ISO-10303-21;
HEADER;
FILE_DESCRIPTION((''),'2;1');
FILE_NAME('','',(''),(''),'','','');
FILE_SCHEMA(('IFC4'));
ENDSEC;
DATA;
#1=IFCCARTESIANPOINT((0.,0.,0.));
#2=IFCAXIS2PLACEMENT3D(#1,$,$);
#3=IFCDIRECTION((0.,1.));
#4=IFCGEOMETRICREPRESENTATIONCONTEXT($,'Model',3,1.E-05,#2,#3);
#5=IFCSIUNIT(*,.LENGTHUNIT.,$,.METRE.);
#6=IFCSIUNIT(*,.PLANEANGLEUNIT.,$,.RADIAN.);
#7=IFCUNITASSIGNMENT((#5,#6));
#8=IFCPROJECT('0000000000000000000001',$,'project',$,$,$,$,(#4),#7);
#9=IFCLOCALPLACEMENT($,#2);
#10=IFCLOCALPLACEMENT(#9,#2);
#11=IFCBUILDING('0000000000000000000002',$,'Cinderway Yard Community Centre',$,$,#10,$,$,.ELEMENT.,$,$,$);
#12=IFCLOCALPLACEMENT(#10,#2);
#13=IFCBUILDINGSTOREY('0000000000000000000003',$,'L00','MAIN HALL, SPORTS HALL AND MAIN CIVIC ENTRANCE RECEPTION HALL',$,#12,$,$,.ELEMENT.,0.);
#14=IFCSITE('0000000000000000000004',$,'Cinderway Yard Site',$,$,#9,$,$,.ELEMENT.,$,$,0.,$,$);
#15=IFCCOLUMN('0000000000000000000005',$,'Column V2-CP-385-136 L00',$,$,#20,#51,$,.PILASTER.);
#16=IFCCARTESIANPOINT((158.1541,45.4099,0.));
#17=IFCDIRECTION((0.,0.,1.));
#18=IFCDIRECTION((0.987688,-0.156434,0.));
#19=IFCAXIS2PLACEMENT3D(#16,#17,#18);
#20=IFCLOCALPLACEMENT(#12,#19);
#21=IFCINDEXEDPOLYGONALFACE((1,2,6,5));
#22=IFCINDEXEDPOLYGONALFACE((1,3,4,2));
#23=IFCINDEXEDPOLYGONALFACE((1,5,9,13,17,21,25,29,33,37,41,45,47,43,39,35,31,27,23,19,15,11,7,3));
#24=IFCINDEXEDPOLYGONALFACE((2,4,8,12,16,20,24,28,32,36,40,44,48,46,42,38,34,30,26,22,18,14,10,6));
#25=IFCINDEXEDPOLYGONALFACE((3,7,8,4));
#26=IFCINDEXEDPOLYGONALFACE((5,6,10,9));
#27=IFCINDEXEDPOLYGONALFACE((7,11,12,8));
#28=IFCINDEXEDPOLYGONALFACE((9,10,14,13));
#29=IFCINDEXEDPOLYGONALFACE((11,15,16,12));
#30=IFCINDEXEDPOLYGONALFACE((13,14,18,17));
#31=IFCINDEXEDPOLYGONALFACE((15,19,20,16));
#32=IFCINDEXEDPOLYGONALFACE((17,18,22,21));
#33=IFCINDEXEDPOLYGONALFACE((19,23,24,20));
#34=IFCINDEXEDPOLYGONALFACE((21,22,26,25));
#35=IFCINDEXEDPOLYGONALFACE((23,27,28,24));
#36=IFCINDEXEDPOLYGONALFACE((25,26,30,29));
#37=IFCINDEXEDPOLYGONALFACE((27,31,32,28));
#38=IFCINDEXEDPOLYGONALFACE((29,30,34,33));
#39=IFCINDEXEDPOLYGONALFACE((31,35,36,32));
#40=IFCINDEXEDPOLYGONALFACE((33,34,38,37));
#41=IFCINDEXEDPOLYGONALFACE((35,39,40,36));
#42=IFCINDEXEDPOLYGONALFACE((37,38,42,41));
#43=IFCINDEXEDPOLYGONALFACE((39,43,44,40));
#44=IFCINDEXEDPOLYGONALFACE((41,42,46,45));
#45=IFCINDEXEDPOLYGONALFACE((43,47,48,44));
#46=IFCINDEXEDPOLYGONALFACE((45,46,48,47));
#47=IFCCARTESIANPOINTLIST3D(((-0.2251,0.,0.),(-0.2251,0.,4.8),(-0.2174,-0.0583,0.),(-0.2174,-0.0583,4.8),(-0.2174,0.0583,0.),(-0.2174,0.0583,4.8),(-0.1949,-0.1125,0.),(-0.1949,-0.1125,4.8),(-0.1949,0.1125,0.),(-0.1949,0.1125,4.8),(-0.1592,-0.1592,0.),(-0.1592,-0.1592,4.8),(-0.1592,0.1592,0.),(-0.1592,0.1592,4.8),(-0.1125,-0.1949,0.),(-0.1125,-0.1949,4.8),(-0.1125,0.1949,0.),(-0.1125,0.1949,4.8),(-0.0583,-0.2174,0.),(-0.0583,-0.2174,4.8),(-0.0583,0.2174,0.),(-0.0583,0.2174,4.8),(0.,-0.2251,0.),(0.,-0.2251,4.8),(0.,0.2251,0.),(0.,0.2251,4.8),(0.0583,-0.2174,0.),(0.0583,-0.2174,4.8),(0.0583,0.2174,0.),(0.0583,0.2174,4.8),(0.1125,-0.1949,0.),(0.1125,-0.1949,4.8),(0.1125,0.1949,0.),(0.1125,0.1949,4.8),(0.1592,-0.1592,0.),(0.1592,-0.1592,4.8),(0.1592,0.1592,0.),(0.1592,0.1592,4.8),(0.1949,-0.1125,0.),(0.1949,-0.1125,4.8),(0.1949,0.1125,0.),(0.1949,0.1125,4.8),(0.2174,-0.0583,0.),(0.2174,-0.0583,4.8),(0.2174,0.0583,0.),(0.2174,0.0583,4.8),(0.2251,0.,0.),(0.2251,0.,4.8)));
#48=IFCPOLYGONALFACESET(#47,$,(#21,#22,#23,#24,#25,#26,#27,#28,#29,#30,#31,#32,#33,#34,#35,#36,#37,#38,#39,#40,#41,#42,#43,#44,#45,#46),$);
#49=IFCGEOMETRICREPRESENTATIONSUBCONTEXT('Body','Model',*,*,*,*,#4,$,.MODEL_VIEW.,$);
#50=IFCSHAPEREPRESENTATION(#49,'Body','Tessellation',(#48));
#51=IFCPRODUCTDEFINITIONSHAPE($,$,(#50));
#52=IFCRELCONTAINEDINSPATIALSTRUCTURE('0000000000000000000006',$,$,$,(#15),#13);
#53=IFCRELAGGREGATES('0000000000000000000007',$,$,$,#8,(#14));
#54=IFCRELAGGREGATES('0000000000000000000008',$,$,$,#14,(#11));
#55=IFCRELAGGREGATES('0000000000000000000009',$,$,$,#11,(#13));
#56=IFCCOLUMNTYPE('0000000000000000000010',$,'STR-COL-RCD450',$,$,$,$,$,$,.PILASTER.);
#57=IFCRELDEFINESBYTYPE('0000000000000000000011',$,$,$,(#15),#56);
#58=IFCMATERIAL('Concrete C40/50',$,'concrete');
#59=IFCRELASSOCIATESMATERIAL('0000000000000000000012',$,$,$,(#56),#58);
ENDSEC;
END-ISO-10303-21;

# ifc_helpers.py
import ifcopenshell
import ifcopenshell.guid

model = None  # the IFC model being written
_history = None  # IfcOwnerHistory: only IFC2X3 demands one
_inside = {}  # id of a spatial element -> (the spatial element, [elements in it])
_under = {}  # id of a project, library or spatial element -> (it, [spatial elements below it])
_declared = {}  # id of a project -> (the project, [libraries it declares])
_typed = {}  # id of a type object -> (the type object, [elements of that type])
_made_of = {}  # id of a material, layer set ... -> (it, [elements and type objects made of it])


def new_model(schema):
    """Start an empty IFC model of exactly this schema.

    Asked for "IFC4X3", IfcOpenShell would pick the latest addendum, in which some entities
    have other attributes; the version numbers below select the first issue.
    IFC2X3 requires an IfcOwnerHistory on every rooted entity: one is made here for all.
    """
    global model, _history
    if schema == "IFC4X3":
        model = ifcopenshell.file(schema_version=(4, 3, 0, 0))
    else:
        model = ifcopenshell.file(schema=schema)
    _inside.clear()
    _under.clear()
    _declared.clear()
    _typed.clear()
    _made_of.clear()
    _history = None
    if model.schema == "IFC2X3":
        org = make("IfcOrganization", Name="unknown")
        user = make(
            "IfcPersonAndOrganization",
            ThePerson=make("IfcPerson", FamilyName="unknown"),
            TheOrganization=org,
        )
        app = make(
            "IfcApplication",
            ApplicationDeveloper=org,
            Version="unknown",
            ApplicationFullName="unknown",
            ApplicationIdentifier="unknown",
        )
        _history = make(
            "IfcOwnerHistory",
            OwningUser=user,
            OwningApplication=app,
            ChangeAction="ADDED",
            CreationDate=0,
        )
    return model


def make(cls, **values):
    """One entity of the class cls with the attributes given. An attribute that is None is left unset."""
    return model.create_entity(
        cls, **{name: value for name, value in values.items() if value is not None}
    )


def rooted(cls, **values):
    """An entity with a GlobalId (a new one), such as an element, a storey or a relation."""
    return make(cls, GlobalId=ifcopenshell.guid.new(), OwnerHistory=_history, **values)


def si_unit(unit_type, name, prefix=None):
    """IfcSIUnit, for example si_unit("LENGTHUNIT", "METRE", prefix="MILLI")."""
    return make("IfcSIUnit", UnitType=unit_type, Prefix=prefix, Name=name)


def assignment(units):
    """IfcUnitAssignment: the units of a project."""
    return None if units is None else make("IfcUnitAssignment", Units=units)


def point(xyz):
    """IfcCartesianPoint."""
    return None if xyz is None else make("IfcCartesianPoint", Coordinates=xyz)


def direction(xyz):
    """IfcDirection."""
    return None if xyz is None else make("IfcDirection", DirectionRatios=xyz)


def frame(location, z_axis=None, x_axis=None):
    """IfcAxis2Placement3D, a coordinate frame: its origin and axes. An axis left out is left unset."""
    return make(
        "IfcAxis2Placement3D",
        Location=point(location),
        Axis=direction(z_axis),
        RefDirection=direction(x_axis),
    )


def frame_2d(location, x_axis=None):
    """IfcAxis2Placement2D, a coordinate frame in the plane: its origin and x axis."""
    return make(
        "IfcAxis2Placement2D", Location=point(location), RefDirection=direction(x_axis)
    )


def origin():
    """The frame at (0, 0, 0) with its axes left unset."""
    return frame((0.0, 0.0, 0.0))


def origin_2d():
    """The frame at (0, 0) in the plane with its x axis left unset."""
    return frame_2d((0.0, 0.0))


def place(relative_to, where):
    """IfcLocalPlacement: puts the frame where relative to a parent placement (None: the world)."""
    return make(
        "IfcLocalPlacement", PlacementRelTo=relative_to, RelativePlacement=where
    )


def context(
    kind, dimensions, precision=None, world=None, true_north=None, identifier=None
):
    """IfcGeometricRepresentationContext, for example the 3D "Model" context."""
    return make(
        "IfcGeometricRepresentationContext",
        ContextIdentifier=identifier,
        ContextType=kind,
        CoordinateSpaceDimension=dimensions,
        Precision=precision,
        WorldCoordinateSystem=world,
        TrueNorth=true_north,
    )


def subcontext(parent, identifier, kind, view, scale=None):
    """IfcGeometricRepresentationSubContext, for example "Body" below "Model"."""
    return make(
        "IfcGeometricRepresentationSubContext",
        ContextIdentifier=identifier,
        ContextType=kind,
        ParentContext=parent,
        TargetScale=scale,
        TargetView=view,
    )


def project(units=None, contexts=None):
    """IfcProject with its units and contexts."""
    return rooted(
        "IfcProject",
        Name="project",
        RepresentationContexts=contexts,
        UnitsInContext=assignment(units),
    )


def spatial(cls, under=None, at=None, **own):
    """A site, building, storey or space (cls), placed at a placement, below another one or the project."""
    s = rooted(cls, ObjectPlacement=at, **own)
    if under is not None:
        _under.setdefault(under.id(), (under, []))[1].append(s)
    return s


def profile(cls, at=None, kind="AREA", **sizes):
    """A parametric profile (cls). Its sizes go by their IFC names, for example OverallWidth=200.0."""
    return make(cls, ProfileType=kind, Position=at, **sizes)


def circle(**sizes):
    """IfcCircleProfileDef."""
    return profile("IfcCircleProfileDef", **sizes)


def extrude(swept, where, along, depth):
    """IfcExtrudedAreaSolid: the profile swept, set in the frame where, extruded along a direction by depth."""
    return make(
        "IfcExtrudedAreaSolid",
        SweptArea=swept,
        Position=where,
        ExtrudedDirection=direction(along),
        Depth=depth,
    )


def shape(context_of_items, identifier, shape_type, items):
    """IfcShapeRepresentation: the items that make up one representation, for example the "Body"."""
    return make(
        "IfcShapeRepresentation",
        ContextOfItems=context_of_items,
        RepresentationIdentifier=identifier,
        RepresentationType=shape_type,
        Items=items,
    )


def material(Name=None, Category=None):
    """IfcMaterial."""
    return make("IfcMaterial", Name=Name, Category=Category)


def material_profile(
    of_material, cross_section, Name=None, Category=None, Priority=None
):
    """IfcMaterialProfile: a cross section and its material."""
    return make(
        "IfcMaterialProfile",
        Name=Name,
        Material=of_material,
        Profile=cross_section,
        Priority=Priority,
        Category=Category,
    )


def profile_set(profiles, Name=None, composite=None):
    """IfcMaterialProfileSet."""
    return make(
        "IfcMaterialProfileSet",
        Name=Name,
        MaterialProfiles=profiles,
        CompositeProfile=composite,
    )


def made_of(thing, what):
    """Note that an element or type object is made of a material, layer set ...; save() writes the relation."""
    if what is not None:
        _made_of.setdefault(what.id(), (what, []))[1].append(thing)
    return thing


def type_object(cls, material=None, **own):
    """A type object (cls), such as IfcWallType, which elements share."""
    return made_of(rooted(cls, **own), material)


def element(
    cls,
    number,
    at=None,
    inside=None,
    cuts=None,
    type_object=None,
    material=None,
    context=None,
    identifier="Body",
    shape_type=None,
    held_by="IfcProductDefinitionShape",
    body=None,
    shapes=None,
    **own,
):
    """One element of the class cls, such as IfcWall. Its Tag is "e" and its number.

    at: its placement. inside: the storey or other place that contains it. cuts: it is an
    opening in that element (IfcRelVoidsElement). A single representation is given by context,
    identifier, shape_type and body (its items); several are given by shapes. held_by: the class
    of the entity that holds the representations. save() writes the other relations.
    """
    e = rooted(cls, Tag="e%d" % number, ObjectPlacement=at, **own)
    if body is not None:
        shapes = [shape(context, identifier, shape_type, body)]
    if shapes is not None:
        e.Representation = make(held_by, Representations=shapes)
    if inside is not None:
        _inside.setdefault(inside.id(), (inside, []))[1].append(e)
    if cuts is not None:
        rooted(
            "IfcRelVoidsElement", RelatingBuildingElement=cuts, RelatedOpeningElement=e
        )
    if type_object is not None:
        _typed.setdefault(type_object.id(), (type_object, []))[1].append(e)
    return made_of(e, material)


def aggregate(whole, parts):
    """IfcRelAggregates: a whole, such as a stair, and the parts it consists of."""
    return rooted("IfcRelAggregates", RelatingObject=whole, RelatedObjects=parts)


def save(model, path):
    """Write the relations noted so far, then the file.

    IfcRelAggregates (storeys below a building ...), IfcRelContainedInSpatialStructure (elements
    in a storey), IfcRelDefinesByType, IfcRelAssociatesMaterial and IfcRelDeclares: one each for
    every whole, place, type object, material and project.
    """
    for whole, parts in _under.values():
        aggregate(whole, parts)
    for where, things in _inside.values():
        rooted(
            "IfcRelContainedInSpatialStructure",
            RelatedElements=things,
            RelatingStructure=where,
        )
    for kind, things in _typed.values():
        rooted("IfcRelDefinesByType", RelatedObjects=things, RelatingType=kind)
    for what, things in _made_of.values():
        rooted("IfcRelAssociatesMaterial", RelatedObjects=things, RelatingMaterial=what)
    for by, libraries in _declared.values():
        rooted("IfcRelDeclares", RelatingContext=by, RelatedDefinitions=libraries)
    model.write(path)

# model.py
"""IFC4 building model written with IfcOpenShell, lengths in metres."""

from ifc_helpers import new_model, si_unit, direction, frame, origin, origin_2d, place, context, subcontext, project, spatial, circle, extrude, material, material_profile, profile_set, type_object, element, save


model = new_model("IFC4")

# Units and contexts
model_context = context("Model", 3, precision=1e-05, world=origin(), true_north=direction((0.0, 1.0)))
body_context = subcontext(model_context, "Body", "Model", "MODEL_VIEW")
ifc_project = project(units=[si_unit("LENGTHUNIT", "METRE"), si_unit("PLANEANGLEUNIT", "RADIAN")], contexts=[model_context])

# Site, building, storey
site_placement = place(None, origin())
site = spatial("IfcSite", under=ifc_project, at=site_placement, Name="Cinderway Yard Site", CompositionType="ELEMENT", RefElevation=0.0)
building_placement = place(site_placement, origin())
building = spatial("IfcBuilding", under=site, at=building_placement, Name="Cinderway Yard Community Centre", CompositionType="ELEMENT")
storey_placement = place(building_placement, origin())
storey = spatial("IfcBuildingStorey", under=building, at=storey_placement, Name="L00", Description="MAIN HALL, SPORTS HALL AND MAIN CIVIC ENTRANCE RECEPTION HALL", CompositionType="ELEMENT", Elevation=0.0)

# Shared definitions
ifc_material_1 = material(Name="Concrete C40/50", Category="concrete")

# Column
ifc_material_profile_1 = material_profile(ifc_material_1, circle(Radius=0.2251, at=origin_2d()), Name="Concrete C40/50")
ifc_profile_set_1 = profile_set([ifc_material_profile_1], Name="Concrete C40/50")
column_type = type_object("IfcColumnType", Name="STR-COL-RCD450", PredefinedType="PILASTER", material=ifc_profile_set_1)
column_placement = place(storey_placement, frame((158.1541, 45.4099, 0.0), z_axis=(0.0, 0.0, 1.0), x_axis=(0.987688, -0.156434, 0.0)))
element("IfcColumn", 1, at=column_placement, inside=storey, type_object=column_type, Name="Column V2-CP-385-136 L00", PredefinedType="PILASTER", context=body_context, shape_type="SweptSolid", body=[
    extrude(circle(Radius=0.2251, at=origin_2d()), origin(), (0.0, 0.0, 1.0), 4.8),
])

save(model, "model.ifc")
